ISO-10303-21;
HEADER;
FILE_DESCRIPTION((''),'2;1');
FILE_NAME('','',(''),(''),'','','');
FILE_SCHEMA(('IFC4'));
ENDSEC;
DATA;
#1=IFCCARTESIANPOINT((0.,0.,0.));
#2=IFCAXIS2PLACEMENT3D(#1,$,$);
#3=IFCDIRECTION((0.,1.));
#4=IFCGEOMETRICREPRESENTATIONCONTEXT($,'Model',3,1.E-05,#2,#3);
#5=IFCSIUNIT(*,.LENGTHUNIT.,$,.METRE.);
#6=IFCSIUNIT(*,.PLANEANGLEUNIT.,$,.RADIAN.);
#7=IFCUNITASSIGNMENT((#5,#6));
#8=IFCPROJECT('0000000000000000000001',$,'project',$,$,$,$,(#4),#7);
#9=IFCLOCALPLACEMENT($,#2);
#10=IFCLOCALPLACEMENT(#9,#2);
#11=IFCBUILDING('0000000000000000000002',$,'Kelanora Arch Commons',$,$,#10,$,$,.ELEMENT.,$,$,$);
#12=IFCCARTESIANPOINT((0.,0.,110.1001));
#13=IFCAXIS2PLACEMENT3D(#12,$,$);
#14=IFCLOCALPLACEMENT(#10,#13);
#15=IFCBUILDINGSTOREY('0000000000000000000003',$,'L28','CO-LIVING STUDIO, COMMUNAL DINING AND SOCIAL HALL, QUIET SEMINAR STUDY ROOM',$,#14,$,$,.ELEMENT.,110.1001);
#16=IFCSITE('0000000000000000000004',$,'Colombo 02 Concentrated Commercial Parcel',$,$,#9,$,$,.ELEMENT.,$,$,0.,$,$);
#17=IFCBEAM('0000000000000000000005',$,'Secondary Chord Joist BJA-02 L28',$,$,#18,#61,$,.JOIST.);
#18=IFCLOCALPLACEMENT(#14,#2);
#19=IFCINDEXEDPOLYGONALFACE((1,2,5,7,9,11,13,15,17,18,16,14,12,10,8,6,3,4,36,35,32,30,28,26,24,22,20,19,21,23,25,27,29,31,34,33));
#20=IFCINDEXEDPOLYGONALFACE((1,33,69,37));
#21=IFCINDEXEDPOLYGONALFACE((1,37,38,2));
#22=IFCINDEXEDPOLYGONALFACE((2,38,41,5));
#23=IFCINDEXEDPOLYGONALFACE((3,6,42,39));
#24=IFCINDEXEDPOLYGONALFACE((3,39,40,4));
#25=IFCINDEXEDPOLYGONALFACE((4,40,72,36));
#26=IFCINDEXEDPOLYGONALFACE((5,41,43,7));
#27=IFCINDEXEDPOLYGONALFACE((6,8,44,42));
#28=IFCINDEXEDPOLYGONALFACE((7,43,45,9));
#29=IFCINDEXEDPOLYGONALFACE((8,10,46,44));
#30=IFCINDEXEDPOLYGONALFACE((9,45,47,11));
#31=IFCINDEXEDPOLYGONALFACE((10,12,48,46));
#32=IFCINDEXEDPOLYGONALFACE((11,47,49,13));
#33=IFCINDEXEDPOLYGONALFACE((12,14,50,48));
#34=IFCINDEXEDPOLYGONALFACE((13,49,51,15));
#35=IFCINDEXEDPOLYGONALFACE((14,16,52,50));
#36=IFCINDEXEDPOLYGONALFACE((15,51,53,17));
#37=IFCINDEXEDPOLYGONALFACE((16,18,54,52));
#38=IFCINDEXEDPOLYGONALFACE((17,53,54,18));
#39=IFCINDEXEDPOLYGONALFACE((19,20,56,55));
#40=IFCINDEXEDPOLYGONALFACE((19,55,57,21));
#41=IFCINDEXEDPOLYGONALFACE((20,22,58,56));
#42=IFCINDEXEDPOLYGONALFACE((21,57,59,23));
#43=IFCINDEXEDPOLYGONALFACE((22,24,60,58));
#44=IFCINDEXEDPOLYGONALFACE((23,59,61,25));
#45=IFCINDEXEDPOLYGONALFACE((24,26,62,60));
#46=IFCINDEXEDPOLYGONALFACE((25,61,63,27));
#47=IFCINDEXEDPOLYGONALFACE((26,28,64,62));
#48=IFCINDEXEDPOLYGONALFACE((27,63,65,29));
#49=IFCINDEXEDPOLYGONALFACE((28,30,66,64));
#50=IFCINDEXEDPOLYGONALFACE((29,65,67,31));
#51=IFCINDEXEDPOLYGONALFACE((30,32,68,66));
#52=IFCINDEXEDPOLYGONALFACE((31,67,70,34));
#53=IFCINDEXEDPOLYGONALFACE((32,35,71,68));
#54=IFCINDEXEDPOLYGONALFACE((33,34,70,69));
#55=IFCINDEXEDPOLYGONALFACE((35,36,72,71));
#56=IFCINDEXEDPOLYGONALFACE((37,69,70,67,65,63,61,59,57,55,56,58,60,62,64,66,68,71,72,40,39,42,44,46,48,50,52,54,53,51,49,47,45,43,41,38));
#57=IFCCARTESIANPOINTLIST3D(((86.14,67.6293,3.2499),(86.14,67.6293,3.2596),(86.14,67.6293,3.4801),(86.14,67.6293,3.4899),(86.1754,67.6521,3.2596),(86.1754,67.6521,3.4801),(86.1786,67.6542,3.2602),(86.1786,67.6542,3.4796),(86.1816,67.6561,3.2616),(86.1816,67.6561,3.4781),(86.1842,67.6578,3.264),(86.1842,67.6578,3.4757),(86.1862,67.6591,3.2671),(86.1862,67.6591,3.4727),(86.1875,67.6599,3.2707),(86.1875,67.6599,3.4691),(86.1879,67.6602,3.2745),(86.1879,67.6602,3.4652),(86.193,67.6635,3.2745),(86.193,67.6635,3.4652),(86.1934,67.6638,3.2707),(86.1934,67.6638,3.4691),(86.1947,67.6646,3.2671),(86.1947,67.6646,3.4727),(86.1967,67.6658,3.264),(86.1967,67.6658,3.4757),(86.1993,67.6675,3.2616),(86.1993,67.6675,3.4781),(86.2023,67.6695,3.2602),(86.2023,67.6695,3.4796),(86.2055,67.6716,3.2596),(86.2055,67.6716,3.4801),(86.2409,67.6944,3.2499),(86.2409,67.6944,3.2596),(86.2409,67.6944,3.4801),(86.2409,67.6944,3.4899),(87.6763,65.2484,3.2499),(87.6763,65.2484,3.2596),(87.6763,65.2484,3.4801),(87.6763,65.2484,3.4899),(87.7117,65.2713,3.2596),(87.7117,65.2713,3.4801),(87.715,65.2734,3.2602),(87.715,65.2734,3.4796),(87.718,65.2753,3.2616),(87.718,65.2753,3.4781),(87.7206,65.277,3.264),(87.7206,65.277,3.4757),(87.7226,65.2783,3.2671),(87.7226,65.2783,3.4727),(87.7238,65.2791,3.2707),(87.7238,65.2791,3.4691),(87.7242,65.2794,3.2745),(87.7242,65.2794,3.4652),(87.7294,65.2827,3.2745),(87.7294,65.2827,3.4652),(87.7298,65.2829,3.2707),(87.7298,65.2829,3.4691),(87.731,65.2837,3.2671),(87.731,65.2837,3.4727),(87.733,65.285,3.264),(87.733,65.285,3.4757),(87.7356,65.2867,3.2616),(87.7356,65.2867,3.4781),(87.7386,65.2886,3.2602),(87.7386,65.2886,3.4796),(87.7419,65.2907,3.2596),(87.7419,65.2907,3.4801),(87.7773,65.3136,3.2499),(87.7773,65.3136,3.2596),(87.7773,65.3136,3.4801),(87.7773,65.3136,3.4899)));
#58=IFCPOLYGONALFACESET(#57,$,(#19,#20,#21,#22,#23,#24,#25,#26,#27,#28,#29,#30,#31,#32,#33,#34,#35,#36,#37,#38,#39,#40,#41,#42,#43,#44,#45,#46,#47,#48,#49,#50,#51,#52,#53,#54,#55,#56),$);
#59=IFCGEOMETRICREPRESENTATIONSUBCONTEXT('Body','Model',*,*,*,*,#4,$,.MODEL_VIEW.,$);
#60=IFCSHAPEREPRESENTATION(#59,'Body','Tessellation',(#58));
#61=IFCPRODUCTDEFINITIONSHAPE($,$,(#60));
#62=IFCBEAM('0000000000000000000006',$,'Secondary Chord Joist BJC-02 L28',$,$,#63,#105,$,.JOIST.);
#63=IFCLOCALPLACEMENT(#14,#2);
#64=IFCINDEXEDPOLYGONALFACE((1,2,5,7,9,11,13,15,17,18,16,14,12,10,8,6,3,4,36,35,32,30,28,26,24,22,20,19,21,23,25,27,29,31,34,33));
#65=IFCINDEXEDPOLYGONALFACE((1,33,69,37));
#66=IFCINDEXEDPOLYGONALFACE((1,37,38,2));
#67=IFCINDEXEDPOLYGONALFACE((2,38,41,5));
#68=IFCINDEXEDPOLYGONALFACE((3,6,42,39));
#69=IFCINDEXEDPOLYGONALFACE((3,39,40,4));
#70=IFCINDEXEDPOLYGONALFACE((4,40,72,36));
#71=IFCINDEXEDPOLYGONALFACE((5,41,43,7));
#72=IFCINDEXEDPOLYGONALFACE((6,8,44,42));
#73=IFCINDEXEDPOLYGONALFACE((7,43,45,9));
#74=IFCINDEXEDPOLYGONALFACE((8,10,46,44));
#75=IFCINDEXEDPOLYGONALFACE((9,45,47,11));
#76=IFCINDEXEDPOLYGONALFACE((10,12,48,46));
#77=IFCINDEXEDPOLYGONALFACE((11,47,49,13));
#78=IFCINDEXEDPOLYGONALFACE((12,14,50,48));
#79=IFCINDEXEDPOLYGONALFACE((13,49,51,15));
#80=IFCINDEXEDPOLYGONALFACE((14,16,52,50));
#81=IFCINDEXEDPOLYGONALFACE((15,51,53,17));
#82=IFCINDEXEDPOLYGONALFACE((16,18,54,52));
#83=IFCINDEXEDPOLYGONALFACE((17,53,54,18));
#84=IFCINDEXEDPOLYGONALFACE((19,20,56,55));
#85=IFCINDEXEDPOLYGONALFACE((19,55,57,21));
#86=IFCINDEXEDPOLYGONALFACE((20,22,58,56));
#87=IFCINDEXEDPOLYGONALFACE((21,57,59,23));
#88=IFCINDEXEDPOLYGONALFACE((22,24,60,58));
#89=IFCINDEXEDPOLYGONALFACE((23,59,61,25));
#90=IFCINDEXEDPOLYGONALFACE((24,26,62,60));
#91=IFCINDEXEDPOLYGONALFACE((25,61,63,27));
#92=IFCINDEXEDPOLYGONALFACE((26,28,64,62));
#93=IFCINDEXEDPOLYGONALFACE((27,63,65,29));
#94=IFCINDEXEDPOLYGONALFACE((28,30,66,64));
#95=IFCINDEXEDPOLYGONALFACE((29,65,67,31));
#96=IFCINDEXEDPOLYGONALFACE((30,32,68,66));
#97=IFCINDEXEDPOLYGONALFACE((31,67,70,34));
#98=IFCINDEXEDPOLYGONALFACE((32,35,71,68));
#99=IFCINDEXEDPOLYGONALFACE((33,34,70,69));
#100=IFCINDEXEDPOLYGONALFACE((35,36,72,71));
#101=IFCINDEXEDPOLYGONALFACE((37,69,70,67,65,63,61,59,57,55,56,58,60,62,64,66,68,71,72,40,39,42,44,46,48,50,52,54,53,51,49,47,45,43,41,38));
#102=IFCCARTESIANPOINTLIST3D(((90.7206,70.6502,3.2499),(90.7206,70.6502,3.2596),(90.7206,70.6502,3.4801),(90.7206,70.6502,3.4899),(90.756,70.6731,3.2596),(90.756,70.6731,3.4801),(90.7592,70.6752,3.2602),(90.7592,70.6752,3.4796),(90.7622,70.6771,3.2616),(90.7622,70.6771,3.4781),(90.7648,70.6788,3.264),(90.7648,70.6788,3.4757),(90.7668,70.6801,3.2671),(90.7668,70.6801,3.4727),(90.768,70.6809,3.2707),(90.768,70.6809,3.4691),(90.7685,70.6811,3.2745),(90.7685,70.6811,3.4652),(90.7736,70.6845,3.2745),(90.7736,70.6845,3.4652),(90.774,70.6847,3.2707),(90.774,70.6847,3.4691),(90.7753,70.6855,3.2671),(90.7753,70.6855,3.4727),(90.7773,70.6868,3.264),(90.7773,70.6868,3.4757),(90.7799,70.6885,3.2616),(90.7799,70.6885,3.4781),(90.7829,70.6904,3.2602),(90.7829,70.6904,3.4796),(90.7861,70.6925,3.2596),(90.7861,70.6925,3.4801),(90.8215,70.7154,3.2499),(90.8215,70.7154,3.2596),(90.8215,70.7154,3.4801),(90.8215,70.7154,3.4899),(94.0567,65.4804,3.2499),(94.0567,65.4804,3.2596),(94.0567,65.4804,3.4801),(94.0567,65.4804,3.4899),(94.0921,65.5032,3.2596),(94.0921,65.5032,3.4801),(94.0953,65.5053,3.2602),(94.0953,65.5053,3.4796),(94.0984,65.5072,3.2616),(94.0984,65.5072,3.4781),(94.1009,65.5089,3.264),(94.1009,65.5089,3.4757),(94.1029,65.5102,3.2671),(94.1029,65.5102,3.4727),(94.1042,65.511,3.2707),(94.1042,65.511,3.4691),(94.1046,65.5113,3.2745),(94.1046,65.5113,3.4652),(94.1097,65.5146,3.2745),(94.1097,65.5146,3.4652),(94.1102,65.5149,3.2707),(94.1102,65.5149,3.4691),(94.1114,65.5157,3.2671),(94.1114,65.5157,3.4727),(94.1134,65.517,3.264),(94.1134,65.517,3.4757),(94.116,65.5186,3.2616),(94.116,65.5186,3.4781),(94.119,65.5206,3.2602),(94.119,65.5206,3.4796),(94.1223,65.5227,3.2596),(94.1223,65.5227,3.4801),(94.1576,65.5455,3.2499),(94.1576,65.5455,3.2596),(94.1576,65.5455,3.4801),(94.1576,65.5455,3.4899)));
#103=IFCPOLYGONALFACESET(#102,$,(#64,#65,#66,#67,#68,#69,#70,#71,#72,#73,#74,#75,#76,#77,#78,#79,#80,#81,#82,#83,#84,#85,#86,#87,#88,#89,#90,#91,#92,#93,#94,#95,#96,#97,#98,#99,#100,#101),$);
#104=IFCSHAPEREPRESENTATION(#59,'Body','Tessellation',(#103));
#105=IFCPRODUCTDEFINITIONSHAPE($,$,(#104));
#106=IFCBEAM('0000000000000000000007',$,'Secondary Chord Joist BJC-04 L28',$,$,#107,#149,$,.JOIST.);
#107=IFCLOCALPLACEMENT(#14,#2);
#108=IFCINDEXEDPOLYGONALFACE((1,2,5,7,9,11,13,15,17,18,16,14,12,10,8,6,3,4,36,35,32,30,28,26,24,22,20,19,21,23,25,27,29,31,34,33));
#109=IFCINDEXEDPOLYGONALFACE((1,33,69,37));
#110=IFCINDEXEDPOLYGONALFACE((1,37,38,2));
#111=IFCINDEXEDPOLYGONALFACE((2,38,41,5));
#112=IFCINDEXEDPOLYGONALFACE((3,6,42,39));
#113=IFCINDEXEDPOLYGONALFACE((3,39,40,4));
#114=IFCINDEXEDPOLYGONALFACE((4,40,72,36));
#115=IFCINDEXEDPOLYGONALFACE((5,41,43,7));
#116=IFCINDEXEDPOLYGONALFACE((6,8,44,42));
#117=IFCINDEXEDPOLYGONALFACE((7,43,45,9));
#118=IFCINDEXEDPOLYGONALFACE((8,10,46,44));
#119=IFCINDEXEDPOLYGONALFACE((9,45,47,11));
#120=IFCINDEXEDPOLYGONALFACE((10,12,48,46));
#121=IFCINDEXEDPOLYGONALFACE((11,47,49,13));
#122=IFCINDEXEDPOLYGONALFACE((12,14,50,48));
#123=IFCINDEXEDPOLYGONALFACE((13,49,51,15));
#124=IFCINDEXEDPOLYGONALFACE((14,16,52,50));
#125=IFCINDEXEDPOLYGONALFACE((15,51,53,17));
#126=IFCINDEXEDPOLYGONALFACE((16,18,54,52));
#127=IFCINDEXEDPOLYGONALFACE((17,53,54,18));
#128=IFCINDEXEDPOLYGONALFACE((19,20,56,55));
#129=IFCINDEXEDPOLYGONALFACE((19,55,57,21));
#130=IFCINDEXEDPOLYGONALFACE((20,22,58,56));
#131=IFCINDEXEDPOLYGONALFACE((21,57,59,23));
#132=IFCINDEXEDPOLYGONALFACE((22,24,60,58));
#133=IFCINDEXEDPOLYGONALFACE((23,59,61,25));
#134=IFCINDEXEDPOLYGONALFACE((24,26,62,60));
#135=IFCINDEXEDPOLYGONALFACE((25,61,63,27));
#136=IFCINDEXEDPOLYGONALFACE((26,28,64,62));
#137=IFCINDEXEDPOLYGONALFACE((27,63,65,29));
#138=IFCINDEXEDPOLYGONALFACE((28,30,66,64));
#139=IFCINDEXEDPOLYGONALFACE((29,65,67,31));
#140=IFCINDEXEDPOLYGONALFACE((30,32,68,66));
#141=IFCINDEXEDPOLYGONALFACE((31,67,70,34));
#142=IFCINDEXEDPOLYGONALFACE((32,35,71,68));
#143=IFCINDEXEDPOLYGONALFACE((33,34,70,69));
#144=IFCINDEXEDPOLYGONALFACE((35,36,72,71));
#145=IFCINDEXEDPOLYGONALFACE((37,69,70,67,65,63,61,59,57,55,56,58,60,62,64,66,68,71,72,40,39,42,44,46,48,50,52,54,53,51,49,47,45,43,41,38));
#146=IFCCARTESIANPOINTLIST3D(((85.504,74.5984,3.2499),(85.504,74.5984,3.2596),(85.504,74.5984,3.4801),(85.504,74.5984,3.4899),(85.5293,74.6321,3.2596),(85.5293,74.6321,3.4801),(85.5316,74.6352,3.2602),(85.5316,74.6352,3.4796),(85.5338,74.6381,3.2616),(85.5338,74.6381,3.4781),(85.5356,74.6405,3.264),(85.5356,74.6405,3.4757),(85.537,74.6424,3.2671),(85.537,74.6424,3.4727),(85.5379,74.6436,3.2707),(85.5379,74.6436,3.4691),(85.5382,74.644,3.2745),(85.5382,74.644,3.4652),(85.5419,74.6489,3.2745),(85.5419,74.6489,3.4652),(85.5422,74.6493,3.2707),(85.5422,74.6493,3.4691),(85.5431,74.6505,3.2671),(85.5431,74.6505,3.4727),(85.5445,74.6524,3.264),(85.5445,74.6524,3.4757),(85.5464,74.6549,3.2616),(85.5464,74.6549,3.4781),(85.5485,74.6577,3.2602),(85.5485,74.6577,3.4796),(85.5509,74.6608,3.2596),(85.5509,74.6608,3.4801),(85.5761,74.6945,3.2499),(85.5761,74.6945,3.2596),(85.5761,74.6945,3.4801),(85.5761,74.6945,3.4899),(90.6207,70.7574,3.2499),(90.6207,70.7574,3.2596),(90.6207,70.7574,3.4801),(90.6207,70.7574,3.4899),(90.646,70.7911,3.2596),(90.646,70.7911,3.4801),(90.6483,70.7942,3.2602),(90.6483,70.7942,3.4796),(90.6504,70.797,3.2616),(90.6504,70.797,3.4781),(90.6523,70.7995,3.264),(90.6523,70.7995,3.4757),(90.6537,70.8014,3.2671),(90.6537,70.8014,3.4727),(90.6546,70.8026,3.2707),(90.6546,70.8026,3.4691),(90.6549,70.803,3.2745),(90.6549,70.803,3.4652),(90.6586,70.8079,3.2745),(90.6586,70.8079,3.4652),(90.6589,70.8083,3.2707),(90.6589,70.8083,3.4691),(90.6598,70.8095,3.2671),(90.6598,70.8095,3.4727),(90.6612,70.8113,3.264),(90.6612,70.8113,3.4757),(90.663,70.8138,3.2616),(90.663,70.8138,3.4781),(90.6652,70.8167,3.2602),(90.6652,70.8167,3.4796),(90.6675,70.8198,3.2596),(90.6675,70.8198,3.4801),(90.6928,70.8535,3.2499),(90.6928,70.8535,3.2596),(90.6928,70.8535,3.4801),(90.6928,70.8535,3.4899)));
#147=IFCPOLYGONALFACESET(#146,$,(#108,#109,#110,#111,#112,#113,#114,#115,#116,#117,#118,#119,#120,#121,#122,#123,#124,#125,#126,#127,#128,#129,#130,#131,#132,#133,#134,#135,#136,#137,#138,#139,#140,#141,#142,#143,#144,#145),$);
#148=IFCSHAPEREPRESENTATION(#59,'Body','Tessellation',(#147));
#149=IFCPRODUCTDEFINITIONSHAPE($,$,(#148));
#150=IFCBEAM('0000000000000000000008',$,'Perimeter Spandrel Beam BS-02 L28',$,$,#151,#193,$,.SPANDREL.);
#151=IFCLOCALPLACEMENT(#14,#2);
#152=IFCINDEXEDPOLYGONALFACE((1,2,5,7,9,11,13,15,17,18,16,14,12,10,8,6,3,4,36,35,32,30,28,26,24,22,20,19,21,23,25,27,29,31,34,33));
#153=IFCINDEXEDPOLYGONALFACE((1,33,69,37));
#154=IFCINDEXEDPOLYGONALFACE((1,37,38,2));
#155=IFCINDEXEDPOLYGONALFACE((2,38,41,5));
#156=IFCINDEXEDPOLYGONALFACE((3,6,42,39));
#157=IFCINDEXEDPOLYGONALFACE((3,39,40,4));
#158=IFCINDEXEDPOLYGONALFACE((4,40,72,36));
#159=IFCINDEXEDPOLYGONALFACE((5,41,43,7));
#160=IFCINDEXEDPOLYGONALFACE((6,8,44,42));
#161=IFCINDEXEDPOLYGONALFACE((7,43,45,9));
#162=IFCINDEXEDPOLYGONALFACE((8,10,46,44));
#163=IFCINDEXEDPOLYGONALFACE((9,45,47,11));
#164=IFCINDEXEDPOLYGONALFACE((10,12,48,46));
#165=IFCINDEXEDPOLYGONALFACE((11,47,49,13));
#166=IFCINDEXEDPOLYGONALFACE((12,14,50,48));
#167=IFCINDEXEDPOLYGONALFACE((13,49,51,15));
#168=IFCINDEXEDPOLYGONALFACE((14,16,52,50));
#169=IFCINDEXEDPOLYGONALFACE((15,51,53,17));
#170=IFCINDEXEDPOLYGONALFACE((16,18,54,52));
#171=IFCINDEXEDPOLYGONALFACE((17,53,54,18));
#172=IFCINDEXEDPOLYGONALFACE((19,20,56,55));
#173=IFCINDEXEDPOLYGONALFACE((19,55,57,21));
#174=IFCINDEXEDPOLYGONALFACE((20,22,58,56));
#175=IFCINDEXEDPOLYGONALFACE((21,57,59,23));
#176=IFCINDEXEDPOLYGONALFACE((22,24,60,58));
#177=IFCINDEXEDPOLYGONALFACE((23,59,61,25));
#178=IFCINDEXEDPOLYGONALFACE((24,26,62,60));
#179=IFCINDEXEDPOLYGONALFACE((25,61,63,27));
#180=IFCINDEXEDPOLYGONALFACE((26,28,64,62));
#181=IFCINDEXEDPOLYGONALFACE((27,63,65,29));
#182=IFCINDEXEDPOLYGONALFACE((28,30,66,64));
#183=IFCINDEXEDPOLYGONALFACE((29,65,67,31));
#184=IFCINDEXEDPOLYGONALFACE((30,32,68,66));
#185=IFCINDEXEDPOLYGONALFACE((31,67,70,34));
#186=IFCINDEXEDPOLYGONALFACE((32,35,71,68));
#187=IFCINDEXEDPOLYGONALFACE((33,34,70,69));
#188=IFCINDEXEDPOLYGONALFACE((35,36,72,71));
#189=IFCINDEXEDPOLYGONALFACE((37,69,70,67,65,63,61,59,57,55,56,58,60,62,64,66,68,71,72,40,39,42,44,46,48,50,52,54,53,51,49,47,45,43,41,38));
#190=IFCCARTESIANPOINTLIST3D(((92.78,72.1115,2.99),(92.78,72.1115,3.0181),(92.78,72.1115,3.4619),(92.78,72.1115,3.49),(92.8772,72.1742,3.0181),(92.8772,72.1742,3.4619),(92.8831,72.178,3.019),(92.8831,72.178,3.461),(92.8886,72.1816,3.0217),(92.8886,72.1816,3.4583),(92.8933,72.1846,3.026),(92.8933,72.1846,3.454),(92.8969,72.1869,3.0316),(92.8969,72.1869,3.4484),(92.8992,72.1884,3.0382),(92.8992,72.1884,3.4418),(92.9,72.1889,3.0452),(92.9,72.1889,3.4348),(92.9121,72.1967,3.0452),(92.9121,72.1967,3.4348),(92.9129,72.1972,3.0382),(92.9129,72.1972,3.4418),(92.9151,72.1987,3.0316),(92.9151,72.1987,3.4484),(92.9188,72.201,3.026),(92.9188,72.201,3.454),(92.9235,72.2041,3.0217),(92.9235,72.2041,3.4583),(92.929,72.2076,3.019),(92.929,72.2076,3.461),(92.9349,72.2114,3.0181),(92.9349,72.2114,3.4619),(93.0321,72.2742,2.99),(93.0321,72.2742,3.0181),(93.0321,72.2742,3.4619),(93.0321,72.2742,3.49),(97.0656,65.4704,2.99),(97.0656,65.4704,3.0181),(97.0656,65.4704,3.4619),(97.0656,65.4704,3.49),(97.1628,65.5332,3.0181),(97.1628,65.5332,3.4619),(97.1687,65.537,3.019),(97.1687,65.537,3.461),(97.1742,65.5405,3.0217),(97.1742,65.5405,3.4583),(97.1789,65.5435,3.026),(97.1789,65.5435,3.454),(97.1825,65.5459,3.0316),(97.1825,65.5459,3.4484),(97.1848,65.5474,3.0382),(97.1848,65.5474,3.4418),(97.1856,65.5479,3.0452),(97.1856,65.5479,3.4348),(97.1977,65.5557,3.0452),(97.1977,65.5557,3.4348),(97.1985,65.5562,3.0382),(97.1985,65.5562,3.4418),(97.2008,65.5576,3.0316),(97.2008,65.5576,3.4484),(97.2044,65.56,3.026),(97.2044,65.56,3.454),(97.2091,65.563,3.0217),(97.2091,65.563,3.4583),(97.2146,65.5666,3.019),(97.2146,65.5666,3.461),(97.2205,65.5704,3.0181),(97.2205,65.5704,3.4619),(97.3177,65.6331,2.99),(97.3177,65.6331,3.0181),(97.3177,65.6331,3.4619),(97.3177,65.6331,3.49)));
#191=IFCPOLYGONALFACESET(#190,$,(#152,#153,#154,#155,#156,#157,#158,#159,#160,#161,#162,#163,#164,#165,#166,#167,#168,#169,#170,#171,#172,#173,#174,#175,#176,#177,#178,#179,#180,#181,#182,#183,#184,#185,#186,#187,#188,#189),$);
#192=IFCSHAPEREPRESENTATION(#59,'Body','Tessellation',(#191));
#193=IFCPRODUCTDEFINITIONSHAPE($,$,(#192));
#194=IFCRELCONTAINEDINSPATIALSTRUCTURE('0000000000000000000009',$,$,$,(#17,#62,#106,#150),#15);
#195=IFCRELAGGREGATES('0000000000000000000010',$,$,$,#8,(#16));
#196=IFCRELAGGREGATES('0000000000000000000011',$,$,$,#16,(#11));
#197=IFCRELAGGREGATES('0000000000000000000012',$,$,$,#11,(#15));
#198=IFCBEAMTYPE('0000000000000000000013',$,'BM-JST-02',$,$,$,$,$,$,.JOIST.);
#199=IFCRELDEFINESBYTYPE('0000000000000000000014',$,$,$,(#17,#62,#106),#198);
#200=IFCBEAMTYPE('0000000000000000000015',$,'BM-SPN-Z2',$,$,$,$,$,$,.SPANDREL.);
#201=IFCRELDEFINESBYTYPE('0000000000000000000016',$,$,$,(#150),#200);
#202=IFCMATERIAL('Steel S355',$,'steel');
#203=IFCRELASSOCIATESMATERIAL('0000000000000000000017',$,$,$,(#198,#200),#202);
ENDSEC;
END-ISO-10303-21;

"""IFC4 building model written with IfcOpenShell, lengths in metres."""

from ifc_helpers import new_model, si_unit, direction, frame, origin, origin_2d, place, context, subcontext, project, spatial, i_section, extrude, material, material_profile, profile_set, type_object, element, save


model = new_model("IFC4")

# Units and contexts
model_context = context("Model", 3, precision=1e-05, world=origin(), true_north=direction((0.0, 1.0)))
body_context = subcontext(model_context, "Body", "Model", "MODEL_VIEW")
ifc_project = project(units=[si_unit("LENGTHUNIT", "METRE"), si_unit("PLANEANGLEUNIT", "RADIAN")], contexts=[model_context])

# Site, building, storey
site_placement = place(None, origin())
site = spatial("IfcSite", under=ifc_project, at=site_placement, Name="Colombo 02 Concentrated Commercial Parcel", CompositionType="ELEMENT", RefElevation=0.0)
building_placement = place(site_placement, origin())
building = spatial("IfcBuilding", under=site, at=building_placement, Name="Kelanora Arch Commons", CompositionType="ELEMENT")
storey_placement = place(building_placement, frame((0.0, 0.0, 110.1001)))
storey = spatial("IfcBuildingStorey", under=building, at=storey_placement, Name="L28", Description="CO-LIVING STUDIO, COMMUNAL DINING AND SOCIAL HALL, QUIET SEMINAR STUDY ROOM", CompositionType="ELEMENT", Elevation=110.1001)

# Beams
ifc_material_1 = material(Name="Steel S355", Category="steel")
ifc_material_profile_1 = material_profile(ifc_material_1, i_section(OverallWidth=0.1201, OverallDepth=0.24, WebThickness=0.0061, FlangeThickness=0.0098, FilletRadius=0.0149, at=origin_2d()), Name="IPE240")
ifc_profile_set_1 = profile_set([ifc_material_profile_1], Name="Steel S355")
beam_type_1 = type_object("IfcBeamType", Name="BM-JST-02", PredefinedType="JOIST", material=ifc_profile_set_1)
beam_1_placement = place(storey_placement, frame((87.7268, 65.281, 3.3699), z_axis=(-0.542211, 0.840242, 0.0), x_axis=(-0.840242, -0.542211, 0.0)))
element("IfcBeam", 1, at=beam_1_placement, inside=storey, type_object=beam_type_1, Name="Secondary Chord Joist BJA-02 L28", PredefinedType="JOIST", context=body_context, shape_type="SweptSolid", body=[
    extrude(i_section(OverallWidth=0.1201, OverallDepth=0.24, WebThickness=0.0061, FlangeThickness=0.0098, FilletRadius=0.0149, at=origin_2d()), origin(), (0.0, 0.0, 1.0), 2.8335),
])
beam_2_placement = place(storey_placement, frame((94.1072, 65.5129, 3.3699), z_axis=(-0.542213, 0.840241, 0.0), x_axis=(-0.840241, -0.542213, 0.0)))
element("IfcBeam", 2, at=beam_2_placement, inside=storey, type_object=beam_type_1, Name="Secondary Chord Joist BJC-02 L28", PredefinedType="JOIST", context=body_context, shape_type="SweptSolid", body=[
    extrude(i_section(OverallWidth=0.1201, OverallDepth=0.24, WebThickness=0.0061, FlangeThickness=0.0098, FilletRadius=0.0149, at=origin_2d()), origin(), (0.0, 0.0, 1.0), 6.1528),
])
beam_3_placement = place(storey_placement, frame((90.6567, 70.8054, 3.3699), z_axis=(-0.799734, 0.600354, 0.0), x_axis=(-0.600354, -0.799734, 0.0)))
element("IfcBeam", 3, at=beam_3_placement, inside=storey, type_object=beam_type_1, Name="Secondary Chord Joist BJC-04 L28", PredefinedType="JOIST", context=body_context, shape_type="SweptSolid", body=[
    extrude(i_section(OverallWidth=0.1201, OverallDepth=0.24, WebThickness=0.0061, FlangeThickness=0.0098, FilletRadius=0.0149, at=origin_2d()), origin(), (0.0, 0.0, 1.0), 6.3979),
])
ifc_material_profile_2 = material_profile(ifc_material_1, i_section(OverallWidth=0.3, OverallDepth=0.5, WebThickness=0.0144, FlangeThickness=0.0281, FilletRadius=0.0271, at=origin_2d()), Name="HEB500")
ifc_profile_set_2 = profile_set([ifc_material_profile_2], Name="Steel S355")
beam_type_2 = type_object("IfcBeamType", Name="BM-SPN-Z2", PredefinedType="SPANDREL", material=ifc_profile_set_2)
beam_4_placement = place(storey_placement, frame((97.1917, 65.5518, 3.24), z_axis=(-0.542221, 0.840236, 0.0), x_axis=(-0.840236, -0.542221, 0.0)))
element("IfcBeam", 4, at=beam_4_placement, inside=storey, type_object=beam_type_2, Name="Perimeter Spandrel Beam BS-02 L28", PredefinedType="SPANDREL", context=body_context, shape_type="SweptSolid", body=[
    extrude(i_section(OverallWidth=0.3, OverallDepth=0.5, WebThickness=0.0144, FlangeThickness=0.0281, FilletRadius=0.0271, at=origin_2d()), origin(), (0.0, 0.0, 1.0), 7.9038),
])

save(model, "model.ifc")
